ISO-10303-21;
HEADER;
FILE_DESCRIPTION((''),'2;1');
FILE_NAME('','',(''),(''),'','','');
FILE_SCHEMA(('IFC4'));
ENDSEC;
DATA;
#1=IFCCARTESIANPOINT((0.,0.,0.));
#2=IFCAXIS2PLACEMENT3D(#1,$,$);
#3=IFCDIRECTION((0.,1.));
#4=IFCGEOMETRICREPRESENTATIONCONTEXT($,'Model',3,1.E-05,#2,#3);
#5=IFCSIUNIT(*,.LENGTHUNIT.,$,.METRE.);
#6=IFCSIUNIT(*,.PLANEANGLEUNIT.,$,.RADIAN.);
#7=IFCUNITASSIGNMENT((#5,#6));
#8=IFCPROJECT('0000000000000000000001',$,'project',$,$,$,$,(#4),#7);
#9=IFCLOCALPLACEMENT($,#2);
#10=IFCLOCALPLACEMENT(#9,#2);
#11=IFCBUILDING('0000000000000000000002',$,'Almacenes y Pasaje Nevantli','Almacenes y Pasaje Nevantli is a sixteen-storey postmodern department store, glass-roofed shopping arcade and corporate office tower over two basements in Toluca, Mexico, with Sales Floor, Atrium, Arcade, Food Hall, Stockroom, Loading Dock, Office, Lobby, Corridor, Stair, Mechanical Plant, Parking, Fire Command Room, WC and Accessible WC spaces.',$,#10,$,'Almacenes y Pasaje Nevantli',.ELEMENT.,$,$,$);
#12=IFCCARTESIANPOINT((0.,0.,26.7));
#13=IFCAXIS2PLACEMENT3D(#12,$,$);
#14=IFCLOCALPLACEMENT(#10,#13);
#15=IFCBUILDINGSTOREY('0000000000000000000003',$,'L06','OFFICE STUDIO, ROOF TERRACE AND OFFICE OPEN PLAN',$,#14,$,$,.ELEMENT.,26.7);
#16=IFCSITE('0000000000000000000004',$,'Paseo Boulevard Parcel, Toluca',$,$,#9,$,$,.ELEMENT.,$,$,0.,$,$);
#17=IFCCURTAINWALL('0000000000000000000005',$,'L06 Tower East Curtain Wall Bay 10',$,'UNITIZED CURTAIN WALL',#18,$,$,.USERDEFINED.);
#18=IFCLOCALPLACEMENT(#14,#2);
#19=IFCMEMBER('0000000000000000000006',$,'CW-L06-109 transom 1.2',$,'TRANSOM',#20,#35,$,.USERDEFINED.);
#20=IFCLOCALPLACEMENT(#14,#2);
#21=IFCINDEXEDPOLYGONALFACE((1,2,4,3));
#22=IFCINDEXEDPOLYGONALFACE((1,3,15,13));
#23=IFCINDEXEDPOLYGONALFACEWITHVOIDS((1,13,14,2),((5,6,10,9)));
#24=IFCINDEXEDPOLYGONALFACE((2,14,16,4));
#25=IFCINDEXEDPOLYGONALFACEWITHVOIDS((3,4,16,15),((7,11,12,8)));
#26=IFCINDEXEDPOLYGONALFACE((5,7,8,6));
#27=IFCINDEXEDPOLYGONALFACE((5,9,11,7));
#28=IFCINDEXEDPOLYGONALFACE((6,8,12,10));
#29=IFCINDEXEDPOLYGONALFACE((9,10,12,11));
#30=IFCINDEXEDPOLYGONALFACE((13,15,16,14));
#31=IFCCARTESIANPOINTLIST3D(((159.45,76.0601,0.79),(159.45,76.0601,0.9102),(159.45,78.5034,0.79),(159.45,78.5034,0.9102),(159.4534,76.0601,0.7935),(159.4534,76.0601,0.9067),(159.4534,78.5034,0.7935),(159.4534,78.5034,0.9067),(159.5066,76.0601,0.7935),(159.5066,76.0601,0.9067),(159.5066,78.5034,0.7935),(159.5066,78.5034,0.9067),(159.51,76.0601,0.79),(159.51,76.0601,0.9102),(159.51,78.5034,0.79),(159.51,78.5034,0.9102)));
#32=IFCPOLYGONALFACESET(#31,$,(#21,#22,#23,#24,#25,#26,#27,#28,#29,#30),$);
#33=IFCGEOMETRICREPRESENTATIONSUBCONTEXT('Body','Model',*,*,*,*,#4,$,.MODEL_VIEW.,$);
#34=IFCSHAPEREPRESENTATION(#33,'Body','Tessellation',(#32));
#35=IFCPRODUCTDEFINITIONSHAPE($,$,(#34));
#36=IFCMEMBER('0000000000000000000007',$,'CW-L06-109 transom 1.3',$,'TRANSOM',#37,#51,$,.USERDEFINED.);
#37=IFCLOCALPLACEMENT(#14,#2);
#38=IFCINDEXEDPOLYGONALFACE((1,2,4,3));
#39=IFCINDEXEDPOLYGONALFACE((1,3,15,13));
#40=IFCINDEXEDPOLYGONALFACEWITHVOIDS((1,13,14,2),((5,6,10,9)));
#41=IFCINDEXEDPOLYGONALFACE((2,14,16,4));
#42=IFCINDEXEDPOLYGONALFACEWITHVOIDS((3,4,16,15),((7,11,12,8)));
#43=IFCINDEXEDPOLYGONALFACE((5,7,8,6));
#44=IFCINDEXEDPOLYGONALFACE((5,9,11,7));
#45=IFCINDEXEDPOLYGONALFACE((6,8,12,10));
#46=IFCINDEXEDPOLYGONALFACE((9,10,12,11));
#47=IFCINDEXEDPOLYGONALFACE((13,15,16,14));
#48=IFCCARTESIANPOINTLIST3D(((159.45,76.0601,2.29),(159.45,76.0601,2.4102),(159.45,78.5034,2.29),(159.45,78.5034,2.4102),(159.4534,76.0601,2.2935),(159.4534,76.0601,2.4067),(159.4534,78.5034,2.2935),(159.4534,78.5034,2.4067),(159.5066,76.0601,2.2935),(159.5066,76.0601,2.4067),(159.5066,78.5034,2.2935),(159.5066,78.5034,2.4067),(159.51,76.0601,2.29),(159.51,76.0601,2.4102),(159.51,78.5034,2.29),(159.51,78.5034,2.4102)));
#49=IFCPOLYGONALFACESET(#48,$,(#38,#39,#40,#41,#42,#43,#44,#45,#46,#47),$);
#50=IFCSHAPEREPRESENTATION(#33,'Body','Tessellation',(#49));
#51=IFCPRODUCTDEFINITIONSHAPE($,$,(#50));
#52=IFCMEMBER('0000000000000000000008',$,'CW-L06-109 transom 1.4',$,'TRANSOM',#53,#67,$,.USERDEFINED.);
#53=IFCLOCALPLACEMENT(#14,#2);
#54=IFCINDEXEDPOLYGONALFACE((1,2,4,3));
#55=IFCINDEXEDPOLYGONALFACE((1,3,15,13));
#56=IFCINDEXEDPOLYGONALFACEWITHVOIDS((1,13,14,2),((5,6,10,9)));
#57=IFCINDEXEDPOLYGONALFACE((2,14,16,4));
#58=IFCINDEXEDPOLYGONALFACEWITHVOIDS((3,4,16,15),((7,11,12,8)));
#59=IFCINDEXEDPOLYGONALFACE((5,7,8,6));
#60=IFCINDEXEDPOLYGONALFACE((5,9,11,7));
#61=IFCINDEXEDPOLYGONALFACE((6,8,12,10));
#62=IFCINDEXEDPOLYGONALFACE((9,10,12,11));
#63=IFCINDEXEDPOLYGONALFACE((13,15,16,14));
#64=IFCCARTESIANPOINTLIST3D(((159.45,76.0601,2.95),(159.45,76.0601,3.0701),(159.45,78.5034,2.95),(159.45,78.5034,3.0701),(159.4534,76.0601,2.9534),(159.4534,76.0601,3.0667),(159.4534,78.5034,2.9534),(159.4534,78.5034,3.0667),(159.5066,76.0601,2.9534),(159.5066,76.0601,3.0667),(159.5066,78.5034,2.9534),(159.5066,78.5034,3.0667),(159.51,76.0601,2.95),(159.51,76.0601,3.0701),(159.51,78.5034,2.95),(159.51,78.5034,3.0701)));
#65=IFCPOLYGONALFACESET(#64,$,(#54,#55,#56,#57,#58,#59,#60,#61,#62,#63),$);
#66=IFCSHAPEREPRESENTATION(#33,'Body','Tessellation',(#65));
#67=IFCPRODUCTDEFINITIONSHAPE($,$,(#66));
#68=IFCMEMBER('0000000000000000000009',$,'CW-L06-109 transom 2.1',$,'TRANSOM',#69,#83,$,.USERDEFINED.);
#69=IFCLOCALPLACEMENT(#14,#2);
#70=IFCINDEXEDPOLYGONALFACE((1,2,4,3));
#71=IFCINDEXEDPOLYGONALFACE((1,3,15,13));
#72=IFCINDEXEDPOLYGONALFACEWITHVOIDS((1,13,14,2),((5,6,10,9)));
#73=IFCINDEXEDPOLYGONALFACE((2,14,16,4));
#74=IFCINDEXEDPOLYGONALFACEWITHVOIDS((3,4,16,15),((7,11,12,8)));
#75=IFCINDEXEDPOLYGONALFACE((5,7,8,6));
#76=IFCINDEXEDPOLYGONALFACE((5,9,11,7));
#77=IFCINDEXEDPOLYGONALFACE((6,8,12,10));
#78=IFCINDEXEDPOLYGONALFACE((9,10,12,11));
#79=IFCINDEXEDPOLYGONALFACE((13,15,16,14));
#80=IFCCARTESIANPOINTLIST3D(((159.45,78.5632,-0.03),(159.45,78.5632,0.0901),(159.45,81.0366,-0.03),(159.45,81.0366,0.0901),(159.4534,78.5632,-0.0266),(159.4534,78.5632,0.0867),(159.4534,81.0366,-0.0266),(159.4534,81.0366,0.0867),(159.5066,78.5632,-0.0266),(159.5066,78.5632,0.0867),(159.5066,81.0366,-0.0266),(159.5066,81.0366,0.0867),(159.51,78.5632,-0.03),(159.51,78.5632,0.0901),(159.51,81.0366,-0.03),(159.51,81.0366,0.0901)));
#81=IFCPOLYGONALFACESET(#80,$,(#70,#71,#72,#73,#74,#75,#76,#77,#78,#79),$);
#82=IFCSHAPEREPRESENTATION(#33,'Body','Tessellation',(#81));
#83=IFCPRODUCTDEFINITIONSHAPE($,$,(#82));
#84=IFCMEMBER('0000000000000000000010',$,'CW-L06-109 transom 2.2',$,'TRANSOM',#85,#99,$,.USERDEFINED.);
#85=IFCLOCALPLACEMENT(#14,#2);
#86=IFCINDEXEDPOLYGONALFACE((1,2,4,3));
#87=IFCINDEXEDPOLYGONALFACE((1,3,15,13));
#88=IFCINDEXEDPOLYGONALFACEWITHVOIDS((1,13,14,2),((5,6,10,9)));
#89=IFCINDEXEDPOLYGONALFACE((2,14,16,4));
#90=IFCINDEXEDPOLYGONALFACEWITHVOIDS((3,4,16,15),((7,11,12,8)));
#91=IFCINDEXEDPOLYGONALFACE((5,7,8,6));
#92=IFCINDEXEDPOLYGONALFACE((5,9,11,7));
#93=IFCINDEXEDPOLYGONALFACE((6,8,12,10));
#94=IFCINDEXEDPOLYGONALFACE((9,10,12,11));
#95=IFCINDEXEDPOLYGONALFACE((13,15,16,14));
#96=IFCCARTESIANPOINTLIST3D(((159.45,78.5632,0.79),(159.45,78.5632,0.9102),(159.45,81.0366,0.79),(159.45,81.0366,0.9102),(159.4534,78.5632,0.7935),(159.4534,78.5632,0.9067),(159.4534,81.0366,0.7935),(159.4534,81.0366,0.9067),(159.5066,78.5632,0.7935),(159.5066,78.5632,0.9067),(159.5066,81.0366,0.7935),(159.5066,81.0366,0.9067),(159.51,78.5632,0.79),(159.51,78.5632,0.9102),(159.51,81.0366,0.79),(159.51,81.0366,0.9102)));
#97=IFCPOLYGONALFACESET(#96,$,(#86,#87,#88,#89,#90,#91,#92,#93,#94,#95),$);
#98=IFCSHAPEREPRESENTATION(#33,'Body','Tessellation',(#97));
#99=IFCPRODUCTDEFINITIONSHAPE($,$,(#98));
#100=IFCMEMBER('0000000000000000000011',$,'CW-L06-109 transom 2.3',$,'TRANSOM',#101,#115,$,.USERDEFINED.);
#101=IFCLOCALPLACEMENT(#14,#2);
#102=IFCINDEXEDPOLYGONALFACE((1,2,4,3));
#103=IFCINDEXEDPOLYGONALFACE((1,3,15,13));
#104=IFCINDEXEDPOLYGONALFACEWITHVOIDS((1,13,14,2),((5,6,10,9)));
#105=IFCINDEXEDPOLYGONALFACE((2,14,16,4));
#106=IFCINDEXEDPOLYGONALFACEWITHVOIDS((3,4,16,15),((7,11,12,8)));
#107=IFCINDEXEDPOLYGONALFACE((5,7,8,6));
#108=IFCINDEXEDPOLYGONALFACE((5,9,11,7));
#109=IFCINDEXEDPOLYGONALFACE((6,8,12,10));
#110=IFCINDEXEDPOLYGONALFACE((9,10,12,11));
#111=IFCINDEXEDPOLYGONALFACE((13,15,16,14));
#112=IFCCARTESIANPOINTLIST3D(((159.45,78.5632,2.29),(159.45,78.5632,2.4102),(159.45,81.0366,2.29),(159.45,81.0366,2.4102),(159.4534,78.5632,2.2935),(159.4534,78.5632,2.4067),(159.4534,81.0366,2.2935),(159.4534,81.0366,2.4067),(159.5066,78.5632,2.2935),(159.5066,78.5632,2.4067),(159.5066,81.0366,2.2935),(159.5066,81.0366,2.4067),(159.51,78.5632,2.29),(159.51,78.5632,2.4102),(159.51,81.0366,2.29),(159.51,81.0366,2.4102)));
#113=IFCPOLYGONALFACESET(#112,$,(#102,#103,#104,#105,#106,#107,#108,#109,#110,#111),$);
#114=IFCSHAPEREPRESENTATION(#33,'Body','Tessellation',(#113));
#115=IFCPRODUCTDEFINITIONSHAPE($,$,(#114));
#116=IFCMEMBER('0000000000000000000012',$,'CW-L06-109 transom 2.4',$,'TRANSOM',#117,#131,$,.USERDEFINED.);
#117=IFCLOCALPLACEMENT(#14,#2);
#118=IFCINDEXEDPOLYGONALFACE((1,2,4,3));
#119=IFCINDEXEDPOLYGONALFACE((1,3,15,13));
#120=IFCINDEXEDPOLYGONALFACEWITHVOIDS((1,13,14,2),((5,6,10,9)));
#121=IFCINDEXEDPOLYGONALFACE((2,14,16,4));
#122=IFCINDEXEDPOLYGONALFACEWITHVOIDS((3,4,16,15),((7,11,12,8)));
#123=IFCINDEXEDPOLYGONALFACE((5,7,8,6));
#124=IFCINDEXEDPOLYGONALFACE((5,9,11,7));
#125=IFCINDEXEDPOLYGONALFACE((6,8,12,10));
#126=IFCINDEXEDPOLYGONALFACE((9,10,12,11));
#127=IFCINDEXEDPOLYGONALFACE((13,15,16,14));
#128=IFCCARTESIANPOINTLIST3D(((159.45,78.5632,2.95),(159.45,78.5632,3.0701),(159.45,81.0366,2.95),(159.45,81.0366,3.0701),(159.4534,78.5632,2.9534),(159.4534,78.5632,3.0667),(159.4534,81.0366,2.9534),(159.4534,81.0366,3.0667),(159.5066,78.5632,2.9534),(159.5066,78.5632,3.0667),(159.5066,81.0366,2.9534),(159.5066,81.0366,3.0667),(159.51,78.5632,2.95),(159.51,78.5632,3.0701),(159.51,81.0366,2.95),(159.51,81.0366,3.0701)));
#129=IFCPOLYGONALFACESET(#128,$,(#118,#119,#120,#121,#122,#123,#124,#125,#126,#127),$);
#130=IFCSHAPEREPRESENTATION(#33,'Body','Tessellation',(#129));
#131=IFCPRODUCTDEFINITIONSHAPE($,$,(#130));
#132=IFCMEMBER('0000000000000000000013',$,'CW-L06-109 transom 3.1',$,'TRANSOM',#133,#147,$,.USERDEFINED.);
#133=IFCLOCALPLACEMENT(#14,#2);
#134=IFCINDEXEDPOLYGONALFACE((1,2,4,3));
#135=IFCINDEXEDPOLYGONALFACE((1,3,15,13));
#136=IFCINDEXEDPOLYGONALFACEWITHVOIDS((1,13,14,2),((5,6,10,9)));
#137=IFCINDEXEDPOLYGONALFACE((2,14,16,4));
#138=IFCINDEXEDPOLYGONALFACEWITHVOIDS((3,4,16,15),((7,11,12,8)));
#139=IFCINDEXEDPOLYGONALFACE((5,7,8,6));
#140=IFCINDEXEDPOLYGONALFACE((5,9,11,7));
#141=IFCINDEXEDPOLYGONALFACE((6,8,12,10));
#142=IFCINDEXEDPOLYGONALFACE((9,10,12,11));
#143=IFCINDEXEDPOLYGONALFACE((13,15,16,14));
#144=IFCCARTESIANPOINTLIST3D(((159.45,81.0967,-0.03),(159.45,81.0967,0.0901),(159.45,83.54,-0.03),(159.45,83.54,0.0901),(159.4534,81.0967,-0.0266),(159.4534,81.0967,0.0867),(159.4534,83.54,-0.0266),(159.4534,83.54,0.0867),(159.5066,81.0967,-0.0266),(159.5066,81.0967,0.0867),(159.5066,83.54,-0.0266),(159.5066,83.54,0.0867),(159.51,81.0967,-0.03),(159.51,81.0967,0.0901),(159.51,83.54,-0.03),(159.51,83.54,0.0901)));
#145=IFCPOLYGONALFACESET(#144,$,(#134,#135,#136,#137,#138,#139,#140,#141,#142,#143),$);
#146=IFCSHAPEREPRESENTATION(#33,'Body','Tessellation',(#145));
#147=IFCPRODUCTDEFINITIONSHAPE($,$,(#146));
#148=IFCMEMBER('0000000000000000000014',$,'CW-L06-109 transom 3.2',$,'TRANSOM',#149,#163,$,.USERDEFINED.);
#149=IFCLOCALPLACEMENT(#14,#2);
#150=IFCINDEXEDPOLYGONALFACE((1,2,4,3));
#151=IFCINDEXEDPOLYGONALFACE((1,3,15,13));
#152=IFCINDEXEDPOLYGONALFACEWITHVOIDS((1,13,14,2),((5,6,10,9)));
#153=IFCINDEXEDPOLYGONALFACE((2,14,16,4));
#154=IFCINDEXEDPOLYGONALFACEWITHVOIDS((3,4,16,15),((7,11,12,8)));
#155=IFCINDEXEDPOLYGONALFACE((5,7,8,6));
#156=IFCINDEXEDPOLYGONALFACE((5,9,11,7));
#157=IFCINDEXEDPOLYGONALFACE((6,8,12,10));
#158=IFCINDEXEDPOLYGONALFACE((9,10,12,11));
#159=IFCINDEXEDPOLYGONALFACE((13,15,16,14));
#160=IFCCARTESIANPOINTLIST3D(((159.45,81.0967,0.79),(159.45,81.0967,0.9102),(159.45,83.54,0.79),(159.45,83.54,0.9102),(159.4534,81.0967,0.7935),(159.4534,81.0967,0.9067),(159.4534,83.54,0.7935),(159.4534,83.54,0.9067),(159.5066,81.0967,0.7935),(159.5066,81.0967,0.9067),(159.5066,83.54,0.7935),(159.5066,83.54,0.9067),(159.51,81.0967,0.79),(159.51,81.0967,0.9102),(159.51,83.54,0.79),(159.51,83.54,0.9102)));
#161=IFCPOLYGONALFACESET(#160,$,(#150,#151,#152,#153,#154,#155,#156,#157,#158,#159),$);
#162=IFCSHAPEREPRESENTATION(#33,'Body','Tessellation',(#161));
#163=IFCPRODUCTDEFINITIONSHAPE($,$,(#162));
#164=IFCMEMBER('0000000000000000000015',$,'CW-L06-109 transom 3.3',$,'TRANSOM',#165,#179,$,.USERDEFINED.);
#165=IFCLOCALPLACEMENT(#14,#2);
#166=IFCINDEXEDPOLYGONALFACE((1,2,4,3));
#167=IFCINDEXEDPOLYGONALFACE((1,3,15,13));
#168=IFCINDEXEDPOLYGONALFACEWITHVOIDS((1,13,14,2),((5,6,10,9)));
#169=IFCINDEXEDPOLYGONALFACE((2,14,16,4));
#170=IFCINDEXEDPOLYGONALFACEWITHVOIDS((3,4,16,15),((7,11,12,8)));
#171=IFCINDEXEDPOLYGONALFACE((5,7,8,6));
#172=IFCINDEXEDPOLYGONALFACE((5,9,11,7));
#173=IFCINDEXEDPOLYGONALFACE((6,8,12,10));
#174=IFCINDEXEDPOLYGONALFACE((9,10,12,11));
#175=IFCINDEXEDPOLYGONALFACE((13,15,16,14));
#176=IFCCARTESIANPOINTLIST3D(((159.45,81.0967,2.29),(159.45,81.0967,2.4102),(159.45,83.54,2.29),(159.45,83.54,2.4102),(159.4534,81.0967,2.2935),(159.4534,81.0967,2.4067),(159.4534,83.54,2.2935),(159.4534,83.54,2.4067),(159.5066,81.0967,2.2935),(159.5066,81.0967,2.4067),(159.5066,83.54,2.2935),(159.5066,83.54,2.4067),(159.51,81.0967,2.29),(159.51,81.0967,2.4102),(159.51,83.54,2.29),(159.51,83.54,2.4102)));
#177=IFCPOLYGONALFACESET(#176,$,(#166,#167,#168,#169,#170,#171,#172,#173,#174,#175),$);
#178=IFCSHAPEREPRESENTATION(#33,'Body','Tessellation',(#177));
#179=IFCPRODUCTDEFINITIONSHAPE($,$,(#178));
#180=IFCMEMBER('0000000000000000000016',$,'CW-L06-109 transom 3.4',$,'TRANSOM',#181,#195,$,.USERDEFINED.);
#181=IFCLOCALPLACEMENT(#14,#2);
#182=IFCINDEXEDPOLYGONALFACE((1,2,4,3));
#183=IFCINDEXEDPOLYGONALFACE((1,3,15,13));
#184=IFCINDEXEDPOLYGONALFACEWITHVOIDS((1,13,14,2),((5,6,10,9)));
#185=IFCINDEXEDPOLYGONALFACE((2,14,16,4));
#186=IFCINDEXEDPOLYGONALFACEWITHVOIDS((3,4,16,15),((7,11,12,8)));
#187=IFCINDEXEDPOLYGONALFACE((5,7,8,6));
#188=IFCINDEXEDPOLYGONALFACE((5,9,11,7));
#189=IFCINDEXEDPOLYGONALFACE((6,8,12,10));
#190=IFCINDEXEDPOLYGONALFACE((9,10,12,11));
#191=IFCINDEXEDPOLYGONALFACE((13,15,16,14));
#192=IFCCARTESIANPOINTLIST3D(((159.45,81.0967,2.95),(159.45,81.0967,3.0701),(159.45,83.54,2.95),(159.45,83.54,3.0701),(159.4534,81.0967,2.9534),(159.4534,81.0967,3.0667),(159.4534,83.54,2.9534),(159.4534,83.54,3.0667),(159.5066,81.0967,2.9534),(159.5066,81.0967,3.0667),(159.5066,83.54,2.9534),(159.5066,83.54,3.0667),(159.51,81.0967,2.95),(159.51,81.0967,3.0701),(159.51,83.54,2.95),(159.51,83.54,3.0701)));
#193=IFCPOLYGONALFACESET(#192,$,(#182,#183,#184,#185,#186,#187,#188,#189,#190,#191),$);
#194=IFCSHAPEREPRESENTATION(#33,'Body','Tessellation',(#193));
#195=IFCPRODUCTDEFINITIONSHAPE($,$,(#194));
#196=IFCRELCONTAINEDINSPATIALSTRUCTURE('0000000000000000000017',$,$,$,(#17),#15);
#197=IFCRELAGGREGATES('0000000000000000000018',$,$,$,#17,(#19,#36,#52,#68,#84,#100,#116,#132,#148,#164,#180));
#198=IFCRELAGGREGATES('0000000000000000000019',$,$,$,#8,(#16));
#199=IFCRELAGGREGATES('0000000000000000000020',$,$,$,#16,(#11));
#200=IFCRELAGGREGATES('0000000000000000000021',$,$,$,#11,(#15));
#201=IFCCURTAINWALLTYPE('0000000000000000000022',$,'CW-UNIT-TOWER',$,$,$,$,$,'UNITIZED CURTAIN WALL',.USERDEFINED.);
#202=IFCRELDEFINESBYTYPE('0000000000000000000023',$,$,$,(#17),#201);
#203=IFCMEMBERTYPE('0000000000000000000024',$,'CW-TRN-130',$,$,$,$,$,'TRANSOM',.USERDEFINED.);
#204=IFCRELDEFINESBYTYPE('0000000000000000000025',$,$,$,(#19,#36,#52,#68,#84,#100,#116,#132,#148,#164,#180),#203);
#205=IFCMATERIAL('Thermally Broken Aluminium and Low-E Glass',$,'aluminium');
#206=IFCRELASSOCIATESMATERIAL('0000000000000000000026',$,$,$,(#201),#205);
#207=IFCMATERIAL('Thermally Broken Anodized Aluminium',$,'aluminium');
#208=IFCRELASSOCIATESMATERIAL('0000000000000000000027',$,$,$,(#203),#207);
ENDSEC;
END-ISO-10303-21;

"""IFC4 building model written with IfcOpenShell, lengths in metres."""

from ifc_helpers import new_model, si_unit, direction, frame, origin, origin_2d, place, context, subcontext, project, spatial, hollow_rectangle, extrude, material, material_profile, profile_set, type_object, element, aggregate, save


model = new_model("IFC4")

# Units and contexts
model_context = context("Model", 3, precision=1e-05, world=origin(), true_north=direction((0.0, 1.0)))
body_context = subcontext(model_context, "Body", "Model", "MODEL_VIEW")
ifc_project = project(units=[si_unit("LENGTHUNIT", "METRE"), si_unit("PLANEANGLEUNIT", "RADIAN")], contexts=[model_context])

# Site, building, storey
site_placement = place(None, origin())
site = spatial("IfcSite", under=ifc_project, at=site_placement, Name="Paseo Boulevard Parcel, Toluca", CompositionType="ELEMENT", RefElevation=0.0)
building_placement = place(site_placement, origin())
building = spatial("IfcBuilding", under=site, at=building_placement, Name="Almacenes y Pasaje Nevantli", Description="Almacenes y Pasaje Nevantli is a sixteen-storey postmodern department store, glass-roofed shopping arcade and corporate office tower over two basements in Toluca, Mexico, with Sales Floor, Atrium, Arcade, Food Hall, Stockroom, Loading Dock, Office, Lobby, Corridor, Stair, Mechanical Plant, Parking, Fire Command Room, WC and Accessible WC spaces.", LongName="Almacenes y Pasaje Nevantli", CompositionType="ELEMENT")
storey_placement = place(building_placement, frame((0.0, 0.0, 26.7)))
storey = spatial("IfcBuildingStorey", under=building, at=storey_placement, Name="L06", Description="OFFICE STUDIO, ROOF TERRACE AND OFFICE OPEN PLAN", CompositionType="ELEMENT", Elevation=26.7)

# Shared definitions
ifc_material_1 = material(Name="Thermally Broken Aluminium and Low-E Glass", Category="aluminium")
curtain_wall_type = type_object("IfcCurtainWallType", Name="CW-UNIT-TOWER", ElementType="UNITIZED CURTAIN WALL", PredefinedType="USERDEFINED", material=ifc_material_1)

# Curtain wall, members
curtain_wall_1_placement = place(storey_placement, origin())
curtain_wall_1 = element("IfcCurtainWall", 1, at=curtain_wall_1_placement, inside=storey, type_object=curtain_wall_type, Name="L06 Tower East Curtain Wall Bay 10", ObjectType="UNITIZED CURTAIN WALL", PredefinedType="USERDEFINED")
ifc_material_2 = material(Name="Thermally Broken Anodized Aluminium", Category="aluminium")
ifc_material_profile_1 = material_profile(ifc_material_2, hollow_rectangle(XDim=0.0601, YDim=0.1201, WallThickness=0.0034, at=origin_2d()), Name="ALU-TRN-60x120")
ifc_profile_set_1 = profile_set([ifc_material_profile_1], Name="Thermally Broken Anodized Aluminium")
member_type_1 = type_object("IfcMemberType", Name="CW-TRN-130", ElementType="TRANSOM", PredefinedType="USERDEFINED", material=ifc_profile_set_1)
member_1_placement = place(storey_placement, frame((159.48, 76.0601, 0.8501), z_axis=(0.0, 1.0, 0.0), x_axis=(-1.0, 0.0, 0.0)))
member_1 = element("IfcMember", 2, at=member_1_placement, type_object=member_type_1, Name="CW-L06-109 transom 1.2", ObjectType="TRANSOM", PredefinedType="USERDEFINED", context=body_context, shape_type="SweptSolid", body=[
    extrude(hollow_rectangle(XDim=0.0601, YDim=0.1201, WallThickness=0.0034, at=origin_2d()), origin(), (0.0, 0.0, 1.0), 2.4434),
])
member_2_placement = place(storey_placement, frame((159.48, 76.0601, 2.3501), z_axis=(0.0, 1.0, 0.0), x_axis=(-1.0, 0.0, 0.0)))
member_2 = element("IfcMember", 3, at=member_2_placement, type_object=member_type_1, Name="CW-L06-109 transom 1.3", ObjectType="TRANSOM", PredefinedType="USERDEFINED", context=body_context, shape_type="SweptSolid", body=[
    extrude(hollow_rectangle(XDim=0.0601, YDim=0.1201, WallThickness=0.0034, at=origin_2d()), origin(), (0.0, 0.0, 1.0), 2.4434),
])
member_3_placement = place(storey_placement, frame((159.48, 76.0601, 3.01), z_axis=(0.0, 1.0, 0.0), x_axis=(-1.0, 0.0, 0.0)))
member_3 = element("IfcMember", 4, at=member_3_placement, type_object=member_type_1, Name="CW-L06-109 transom 1.4", ObjectType="TRANSOM", PredefinedType="USERDEFINED", context=body_context, shape_type="SweptSolid", body=[
    extrude(hollow_rectangle(XDim=0.0601, YDim=0.1201, WallThickness=0.0034, at=origin_2d()), origin(), (0.0, 0.0, 1.0), 2.4434),
])
member_4_placement = place(storey_placement, frame((159.48, 78.5632, 0.03), z_axis=(0.0, 1.0, 0.0), x_axis=(-1.0, 0.0, 0.0)))
member_4 = element("IfcMember", 5, at=member_4_placement, type_object=member_type_1, Name="CW-L06-109 transom 2.1", ObjectType="TRANSOM", PredefinedType="USERDEFINED", context=body_context, shape_type="SweptSolid", body=[
    extrude(hollow_rectangle(XDim=0.0601, YDim=0.1201, WallThickness=0.0034, at=origin_2d()), origin(), (0.0, 0.0, 1.0), 2.4734),
])
member_5_placement = place(storey_placement, frame((159.48, 78.5632, 0.8501), z_axis=(0.0, 1.0, 0.0), x_axis=(-1.0, 0.0, 0.0)))
member_5 = element("IfcMember", 6, at=member_5_placement, type_object=member_type_1, Name="CW-L06-109 transom 2.2", ObjectType="TRANSOM", PredefinedType="USERDEFINED", context=body_context, shape_type="SweptSolid", body=[
    extrude(hollow_rectangle(XDim=0.0601, YDim=0.1201, WallThickness=0.0034, at=origin_2d()), origin(), (0.0, 0.0, 1.0), 2.4734),
])
member_6_placement = place(storey_placement, frame((159.48, 78.5632, 2.3501), z_axis=(0.0, 1.0, 0.0), x_axis=(-1.0, 0.0, 0.0)))
member_6 = element("IfcMember", 7, at=member_6_placement, type_object=member_type_1, Name="CW-L06-109 transom 2.3", ObjectType="TRANSOM", PredefinedType="USERDEFINED", context=body_context, shape_type="SweptSolid", body=[
    extrude(hollow_rectangle(XDim=0.0601, YDim=0.1201, WallThickness=0.0034, at=origin_2d()), origin(), (0.0, 0.0, 1.0), 2.4734),
])
member_7_placement = place(storey_placement, frame((159.48, 78.5632, 3.01), z_axis=(0.0, 1.0, 0.0), x_axis=(-1.0, 0.0, 0.0)))
member_7 = element("IfcMember", 8, at=member_7_placement, type_object=member_type_1, Name="CW-L06-109 transom 2.4", ObjectType="TRANSOM", PredefinedType="USERDEFINED", context=body_context, shape_type="SweptSolid", body=[
    extrude(hollow_rectangle(XDim=0.0601, YDim=0.1201, WallThickness=0.0034, at=origin_2d()), origin(), (0.0, 0.0, 1.0), 2.4734),
])
member_8_placement = place(storey_placement, frame((159.48, 81.0967, 0.03), z_axis=(0.0, 1.0, 0.0), x_axis=(-1.0, 0.0, 0.0)))
member_8 = element("IfcMember", 9, at=member_8_placement, type_object=member_type_1, Name="CW-L06-109 transom 3.1", ObjectType="TRANSOM", PredefinedType="USERDEFINED", context=body_context, shape_type="SweptSolid", body=[
    extrude(hollow_rectangle(XDim=0.0601, YDim=0.1201, WallThickness=0.0034, at=origin_2d()), origin(), (0.0, 0.0, 1.0), 2.4434),
])
member_9_placement = place(storey_placement, frame((159.48, 81.0967, 0.8501), z_axis=(0.0, 1.0, 0.0), x_axis=(-1.0, 0.0, 0.0)))
member_9 = element("IfcMember", 10, at=member_9_placement, type_object=member_type_1, Name="CW-L06-109 transom 3.2", ObjectType="TRANSOM", PredefinedType="USERDEFINED", context=body_context, shape_type="SweptSolid", body=[
    extrude(hollow_rectangle(XDim=0.0601, YDim=0.1201, WallThickness=0.0034, at=origin_2d()), origin(), (0.0, 0.0, 1.0), 2.4434),
])
member_10_placement = place(storey_placement, frame((159.48, 81.0967, 2.3501), z_axis=(0.0, 1.0, 0.0), x_axis=(-1.0, 0.0, 0.0)))
member_10 = element("IfcMember", 11, at=member_10_placement, type_object=member_type_1, Name="CW-L06-109 transom 3.3", ObjectType="TRANSOM", PredefinedType="USERDEFINED", context=body_context, shape_type="SweptSolid", body=[
    extrude(hollow_rectangle(XDim=0.0601, YDim=0.1201, WallThickness=0.0034, at=origin_2d()), origin(), (0.0, 0.0, 1.0), 2.4434),
])
member_11_placement = place(storey_placement, frame((159.48, 81.0967, 3.01), z_axis=(0.0, 1.0, 0.0), x_axis=(-1.0, 0.0, 0.0)))
member_11 = element("IfcMember", 12, at=member_11_placement, type_object=member_type_1, Name="CW-L06-109 transom 3.4", ObjectType="TRANSOM", PredefinedType="USERDEFINED", context=body_context, shape_type="SweptSolid", body=[
    extrude(hollow_rectangle(XDim=0.0601, YDim=0.1201, WallThickness=0.0034, at=origin_2d()), origin(), (0.0, 0.0, 1.0), 2.4434),
])
aggregate(curtain_wall_1, [member_1, member_2, member_3, member_4, member_5, member_6, member_7, member_8, member_9, member_10, member_11])

save(model, "model.ifc")
